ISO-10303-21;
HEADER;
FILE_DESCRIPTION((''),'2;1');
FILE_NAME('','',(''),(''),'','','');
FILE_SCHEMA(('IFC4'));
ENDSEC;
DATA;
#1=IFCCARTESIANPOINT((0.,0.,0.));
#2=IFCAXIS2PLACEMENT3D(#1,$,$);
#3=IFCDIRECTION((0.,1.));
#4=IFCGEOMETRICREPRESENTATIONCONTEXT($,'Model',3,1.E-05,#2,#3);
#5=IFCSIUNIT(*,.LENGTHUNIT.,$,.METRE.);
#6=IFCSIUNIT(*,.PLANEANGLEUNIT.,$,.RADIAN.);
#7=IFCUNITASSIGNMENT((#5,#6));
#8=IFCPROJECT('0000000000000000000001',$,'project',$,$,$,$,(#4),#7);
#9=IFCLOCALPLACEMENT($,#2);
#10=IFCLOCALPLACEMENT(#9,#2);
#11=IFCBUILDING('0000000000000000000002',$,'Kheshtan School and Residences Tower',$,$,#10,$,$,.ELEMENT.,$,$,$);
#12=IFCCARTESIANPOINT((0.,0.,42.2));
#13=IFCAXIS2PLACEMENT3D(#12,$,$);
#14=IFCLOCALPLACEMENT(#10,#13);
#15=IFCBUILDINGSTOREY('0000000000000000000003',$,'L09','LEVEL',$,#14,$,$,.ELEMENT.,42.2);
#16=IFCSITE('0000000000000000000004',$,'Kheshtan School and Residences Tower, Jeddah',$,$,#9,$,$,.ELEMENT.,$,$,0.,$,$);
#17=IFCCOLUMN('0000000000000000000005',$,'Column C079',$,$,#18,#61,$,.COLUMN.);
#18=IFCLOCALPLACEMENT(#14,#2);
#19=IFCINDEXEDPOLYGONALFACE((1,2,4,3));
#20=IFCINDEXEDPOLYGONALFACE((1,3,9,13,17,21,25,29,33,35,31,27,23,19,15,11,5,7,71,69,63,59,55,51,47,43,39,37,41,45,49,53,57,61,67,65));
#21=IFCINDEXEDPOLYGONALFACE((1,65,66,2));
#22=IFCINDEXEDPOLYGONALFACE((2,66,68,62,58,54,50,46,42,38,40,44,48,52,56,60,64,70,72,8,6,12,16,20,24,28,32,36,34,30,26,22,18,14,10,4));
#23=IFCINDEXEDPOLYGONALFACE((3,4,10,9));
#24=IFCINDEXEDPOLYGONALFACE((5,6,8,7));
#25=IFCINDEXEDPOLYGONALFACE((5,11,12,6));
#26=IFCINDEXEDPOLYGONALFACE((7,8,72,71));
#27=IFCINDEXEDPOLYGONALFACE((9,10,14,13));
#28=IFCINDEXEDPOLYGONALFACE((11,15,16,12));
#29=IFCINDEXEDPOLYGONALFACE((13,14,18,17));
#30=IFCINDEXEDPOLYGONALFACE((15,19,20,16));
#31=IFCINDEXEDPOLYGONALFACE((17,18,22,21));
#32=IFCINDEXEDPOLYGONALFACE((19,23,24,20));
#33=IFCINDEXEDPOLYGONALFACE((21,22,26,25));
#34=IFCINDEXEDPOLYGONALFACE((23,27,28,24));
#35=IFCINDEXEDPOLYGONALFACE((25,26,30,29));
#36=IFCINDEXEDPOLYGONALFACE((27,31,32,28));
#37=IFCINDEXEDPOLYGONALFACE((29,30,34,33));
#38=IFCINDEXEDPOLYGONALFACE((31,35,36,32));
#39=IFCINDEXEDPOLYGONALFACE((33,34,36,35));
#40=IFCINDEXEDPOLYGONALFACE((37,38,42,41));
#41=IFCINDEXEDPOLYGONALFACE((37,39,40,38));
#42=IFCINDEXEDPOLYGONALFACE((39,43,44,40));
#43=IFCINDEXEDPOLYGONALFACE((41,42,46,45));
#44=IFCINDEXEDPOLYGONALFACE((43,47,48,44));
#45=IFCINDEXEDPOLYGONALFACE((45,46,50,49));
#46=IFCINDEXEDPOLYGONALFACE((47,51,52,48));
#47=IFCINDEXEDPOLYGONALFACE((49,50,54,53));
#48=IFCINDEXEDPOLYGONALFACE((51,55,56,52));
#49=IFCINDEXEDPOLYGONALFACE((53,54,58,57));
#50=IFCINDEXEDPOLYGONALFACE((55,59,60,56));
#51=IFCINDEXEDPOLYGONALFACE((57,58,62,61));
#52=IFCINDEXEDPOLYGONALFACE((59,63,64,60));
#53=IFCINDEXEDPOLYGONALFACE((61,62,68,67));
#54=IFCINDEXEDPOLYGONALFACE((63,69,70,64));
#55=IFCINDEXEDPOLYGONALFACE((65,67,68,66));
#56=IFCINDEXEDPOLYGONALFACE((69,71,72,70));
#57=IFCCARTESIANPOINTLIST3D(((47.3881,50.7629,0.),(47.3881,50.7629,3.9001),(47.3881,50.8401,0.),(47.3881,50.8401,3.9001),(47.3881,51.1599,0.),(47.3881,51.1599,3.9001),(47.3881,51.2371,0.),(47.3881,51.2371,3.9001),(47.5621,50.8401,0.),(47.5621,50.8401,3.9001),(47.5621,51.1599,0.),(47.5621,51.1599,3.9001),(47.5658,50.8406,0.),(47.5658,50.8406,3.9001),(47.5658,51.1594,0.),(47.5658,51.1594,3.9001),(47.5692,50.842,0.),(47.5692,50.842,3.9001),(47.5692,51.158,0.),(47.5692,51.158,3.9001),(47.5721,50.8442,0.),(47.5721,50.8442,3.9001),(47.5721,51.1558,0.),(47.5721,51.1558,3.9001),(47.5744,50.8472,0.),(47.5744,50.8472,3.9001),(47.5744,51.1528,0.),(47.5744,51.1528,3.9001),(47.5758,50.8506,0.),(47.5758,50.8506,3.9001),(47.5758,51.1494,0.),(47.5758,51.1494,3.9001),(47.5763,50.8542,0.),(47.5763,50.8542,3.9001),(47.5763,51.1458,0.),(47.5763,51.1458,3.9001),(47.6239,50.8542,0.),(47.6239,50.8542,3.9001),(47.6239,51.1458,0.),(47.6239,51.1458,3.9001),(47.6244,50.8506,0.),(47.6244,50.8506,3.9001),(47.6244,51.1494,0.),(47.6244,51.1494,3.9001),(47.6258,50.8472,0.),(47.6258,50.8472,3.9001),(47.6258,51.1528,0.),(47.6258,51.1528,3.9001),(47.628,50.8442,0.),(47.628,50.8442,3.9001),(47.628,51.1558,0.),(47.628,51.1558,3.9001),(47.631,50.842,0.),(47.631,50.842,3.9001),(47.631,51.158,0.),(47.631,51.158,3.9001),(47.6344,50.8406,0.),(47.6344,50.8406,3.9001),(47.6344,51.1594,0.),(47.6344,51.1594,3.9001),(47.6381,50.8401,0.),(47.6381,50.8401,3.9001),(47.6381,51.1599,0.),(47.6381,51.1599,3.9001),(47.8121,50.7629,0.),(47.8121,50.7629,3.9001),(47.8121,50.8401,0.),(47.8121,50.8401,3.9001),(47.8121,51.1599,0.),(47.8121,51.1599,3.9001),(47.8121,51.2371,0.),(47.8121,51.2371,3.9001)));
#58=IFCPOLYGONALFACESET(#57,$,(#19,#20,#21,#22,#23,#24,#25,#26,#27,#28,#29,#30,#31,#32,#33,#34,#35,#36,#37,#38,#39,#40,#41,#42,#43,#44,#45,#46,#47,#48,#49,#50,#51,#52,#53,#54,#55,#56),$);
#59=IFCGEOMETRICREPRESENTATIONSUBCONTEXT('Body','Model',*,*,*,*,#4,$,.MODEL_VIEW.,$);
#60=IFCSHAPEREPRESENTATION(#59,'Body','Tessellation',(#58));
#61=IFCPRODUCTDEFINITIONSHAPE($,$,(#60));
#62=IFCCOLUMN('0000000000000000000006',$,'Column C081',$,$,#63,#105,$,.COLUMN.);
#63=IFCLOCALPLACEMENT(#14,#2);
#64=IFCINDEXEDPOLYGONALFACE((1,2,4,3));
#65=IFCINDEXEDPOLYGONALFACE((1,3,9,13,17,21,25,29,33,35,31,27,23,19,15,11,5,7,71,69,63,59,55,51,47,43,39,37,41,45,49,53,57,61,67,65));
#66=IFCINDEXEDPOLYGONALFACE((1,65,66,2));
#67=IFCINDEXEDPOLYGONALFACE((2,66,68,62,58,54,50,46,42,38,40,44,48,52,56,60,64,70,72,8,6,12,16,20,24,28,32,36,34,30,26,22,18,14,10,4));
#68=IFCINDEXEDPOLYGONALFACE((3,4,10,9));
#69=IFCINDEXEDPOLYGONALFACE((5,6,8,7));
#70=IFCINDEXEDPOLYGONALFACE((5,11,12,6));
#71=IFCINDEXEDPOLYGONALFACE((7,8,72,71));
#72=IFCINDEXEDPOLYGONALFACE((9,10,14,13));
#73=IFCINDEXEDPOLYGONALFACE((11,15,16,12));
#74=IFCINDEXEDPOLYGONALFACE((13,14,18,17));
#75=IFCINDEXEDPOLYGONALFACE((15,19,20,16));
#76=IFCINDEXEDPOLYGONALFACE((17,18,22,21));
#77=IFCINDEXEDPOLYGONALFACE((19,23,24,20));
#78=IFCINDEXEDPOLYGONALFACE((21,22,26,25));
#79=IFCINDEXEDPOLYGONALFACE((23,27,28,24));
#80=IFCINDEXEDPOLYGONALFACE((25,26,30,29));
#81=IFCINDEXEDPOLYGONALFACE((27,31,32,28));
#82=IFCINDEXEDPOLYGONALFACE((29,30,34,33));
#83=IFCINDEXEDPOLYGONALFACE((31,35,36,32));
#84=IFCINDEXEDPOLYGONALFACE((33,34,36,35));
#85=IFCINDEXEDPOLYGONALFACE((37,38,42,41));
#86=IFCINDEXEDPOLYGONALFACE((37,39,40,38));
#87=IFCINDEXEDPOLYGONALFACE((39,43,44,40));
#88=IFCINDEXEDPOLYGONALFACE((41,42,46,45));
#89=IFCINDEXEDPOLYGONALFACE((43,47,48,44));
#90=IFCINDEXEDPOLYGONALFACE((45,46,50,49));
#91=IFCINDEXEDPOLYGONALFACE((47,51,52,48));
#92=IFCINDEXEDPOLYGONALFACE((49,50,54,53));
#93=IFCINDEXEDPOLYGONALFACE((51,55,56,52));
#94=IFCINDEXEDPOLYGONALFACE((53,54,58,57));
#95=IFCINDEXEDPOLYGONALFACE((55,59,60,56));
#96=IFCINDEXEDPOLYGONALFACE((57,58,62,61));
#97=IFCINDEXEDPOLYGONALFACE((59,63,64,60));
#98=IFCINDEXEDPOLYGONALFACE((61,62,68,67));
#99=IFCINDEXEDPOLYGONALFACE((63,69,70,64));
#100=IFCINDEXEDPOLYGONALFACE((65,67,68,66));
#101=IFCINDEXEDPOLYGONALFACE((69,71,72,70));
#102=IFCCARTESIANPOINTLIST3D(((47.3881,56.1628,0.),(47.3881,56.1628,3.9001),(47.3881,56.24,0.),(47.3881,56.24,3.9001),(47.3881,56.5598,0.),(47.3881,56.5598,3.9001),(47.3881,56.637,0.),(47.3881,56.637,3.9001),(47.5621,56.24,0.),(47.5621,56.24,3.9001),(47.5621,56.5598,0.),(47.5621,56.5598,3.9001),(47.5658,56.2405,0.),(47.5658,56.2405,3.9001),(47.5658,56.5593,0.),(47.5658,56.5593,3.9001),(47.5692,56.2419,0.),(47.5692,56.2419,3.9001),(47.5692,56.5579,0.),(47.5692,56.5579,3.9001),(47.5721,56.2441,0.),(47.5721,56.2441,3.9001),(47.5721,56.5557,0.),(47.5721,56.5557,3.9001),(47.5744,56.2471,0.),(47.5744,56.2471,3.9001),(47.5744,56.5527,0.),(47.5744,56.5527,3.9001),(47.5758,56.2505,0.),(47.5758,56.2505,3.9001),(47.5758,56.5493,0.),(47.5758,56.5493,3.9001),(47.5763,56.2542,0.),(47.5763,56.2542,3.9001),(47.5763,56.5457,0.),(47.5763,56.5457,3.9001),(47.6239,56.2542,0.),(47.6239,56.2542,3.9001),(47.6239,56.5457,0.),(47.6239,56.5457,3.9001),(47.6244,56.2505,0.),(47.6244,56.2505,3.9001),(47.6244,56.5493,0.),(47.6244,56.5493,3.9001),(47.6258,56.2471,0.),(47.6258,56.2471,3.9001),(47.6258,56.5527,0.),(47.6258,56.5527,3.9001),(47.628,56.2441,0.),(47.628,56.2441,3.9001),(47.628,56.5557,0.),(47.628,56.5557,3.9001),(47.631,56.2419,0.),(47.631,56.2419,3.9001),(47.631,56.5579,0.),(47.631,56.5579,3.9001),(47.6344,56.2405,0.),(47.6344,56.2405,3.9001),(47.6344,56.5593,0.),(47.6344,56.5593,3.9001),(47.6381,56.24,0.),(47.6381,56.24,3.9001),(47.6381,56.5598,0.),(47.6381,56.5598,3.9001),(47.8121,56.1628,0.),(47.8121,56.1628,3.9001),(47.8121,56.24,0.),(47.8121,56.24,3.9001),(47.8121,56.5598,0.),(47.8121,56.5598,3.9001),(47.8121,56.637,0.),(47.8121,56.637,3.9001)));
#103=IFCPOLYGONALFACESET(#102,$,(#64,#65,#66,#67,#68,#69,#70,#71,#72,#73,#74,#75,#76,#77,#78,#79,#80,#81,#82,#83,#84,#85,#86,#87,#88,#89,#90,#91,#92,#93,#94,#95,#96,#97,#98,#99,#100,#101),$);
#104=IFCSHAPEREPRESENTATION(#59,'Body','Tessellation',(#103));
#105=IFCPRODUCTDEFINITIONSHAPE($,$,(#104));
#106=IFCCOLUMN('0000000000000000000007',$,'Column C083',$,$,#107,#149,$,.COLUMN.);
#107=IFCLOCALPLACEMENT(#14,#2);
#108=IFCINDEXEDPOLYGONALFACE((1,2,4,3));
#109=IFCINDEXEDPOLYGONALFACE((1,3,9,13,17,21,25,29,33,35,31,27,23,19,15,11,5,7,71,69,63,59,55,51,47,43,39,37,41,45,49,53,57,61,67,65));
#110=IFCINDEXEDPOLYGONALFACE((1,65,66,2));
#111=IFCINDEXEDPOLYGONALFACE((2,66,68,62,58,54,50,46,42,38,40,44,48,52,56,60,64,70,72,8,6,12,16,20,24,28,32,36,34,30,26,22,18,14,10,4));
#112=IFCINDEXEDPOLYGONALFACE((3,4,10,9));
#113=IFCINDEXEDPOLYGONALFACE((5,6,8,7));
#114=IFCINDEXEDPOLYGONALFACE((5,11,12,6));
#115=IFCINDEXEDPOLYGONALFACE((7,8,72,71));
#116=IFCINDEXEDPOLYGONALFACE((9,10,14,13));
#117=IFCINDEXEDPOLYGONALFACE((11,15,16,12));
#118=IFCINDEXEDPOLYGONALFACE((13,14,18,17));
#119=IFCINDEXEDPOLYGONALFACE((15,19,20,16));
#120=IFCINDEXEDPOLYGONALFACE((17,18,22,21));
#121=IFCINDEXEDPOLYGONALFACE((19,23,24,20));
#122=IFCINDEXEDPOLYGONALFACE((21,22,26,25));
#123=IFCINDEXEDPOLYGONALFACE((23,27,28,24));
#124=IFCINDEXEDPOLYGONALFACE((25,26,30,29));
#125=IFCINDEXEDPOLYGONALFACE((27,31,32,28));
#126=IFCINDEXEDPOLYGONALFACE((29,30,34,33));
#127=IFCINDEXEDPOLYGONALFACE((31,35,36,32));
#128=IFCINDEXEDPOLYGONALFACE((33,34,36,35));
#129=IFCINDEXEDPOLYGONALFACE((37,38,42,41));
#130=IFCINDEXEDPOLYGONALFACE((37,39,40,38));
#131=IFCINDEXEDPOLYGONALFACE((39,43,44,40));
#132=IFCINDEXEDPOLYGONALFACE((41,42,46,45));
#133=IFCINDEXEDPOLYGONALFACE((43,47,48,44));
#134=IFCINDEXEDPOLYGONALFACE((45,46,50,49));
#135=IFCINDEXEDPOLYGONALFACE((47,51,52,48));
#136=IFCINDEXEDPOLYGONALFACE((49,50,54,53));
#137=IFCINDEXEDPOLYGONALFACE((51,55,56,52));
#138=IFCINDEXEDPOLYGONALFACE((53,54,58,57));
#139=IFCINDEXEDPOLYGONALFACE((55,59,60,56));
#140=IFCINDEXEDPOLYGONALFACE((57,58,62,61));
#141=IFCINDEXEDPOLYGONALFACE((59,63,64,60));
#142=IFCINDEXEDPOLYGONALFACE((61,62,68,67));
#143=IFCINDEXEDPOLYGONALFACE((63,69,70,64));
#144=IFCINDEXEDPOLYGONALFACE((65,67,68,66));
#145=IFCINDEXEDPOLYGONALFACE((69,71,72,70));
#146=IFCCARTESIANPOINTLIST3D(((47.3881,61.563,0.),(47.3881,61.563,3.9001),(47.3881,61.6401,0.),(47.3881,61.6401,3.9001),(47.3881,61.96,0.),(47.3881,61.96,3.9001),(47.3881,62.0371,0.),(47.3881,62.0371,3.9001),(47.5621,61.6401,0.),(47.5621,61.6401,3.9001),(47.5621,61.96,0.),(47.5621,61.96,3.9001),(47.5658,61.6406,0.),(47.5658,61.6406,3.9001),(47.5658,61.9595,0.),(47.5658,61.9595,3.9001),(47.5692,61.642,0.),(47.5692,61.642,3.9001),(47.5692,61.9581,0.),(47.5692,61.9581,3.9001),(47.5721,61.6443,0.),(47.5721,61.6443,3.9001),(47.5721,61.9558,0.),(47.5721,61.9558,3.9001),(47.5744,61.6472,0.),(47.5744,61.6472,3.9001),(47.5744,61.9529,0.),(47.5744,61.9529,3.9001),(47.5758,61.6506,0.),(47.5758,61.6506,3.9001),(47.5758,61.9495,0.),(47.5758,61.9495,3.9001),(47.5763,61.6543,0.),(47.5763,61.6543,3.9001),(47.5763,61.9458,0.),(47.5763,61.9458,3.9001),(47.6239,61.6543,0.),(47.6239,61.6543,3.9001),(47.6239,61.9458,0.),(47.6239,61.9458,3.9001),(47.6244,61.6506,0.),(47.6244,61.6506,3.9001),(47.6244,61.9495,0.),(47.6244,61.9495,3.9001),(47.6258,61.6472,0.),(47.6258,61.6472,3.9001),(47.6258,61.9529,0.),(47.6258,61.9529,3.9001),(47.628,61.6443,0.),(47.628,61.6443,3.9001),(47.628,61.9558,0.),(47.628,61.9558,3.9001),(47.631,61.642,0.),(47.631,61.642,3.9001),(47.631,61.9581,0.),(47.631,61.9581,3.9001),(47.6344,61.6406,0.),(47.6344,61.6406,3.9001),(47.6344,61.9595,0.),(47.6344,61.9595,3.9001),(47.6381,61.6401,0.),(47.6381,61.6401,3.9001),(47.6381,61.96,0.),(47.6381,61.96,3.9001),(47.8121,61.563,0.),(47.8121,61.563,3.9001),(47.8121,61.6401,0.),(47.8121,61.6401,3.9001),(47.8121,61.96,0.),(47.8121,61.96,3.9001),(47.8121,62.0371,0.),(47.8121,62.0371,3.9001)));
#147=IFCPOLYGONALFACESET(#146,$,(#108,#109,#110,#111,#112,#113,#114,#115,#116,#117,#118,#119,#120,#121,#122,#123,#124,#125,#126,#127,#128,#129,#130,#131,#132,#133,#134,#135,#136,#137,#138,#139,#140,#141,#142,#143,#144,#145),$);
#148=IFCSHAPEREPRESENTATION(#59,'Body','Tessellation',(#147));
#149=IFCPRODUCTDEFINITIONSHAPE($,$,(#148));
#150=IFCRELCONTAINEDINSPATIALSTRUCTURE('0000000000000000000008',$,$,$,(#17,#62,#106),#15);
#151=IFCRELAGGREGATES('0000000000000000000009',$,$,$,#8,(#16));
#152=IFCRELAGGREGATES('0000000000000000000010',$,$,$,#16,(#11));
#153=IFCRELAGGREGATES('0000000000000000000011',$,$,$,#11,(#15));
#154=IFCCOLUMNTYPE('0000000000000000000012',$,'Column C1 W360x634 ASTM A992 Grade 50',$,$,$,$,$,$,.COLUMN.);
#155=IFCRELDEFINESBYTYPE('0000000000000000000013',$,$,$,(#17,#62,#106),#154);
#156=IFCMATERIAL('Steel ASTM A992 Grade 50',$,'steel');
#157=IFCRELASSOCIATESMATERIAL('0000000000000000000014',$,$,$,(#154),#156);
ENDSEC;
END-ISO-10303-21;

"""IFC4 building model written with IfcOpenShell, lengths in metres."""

from ifc_helpers import new_model, si_unit, direction, frame, origin, origin_2d, place, context, subcontext, project, spatial, i_section, extrude, material, material_profile, profile_set, type_object, element, save


model = new_model("IFC4")

# Units and contexts
model_context = context("Model", 3, precision=1e-05, world=origin(), true_north=direction((0.0, 1.0)))
body_context = subcontext(model_context, "Body", "Model", "MODEL_VIEW")
ifc_project = project(units=[si_unit("LENGTHUNIT", "METRE"), si_unit("PLANEANGLEUNIT", "RADIAN")], contexts=[model_context])

# Site, building, storey
site_placement = place(None, origin())
site = spatial("IfcSite", under=ifc_project, at=site_placement, Name="Kheshtan School and Residences Tower, Jeddah", CompositionType="ELEMENT", RefElevation=0.0)
building_placement = place(site_placement, origin())
building = spatial("IfcBuilding", under=site, at=building_placement, Name="Kheshtan School and Residences Tower", CompositionType="ELEMENT")
storey_placement = place(building_placement, frame((0.0, 0.0, 42.2)))
storey = spatial("IfcBuildingStorey", under=building, at=storey_placement, Name="L09", Description="LEVEL", CompositionType="ELEMENT", Elevation=42.2)

# Columns
ifc_material_1 = material(Name="Steel ASTM A992 Grade 50", Category="steel")
ifc_material_profile_1 = material_profile(ifc_material_1, i_section(OverallWidth=0.4241, OverallDepth=0.4741, WebThickness=0.0476, FlangeThickness=0.0771, FilletRadius=0.0142, at=origin_2d()), Name="W360x634")
ifc_profile_set_1 = profile_set([ifc_material_profile_1], Name="Steel ASTM A992 Grade 50")
column_type_1 = type_object("IfcColumnType", Name="Column C1 W360x634 ASTM A992 Grade 50", PredefinedType="COLUMN", material=ifc_profile_set_1)
for number, where, z_axis, x_axis, name in (
    (1, (47.6001, 51.0, 0.0), (0.0, 0.0, 1.0), (1.0, 0.0, 0.0), "Column C079"),
    (2, (47.6001, 56.3999, 0.0), (0.0, 0.0, 1.0), (1.0, 0.0, 0.0), "Column C081"),
    (3, (47.6001, 61.8, 0.0), (0.0, 0.0, 1.0), (1.0, 0.0, 0.0), "Column C083"),
):
    element("IfcColumn", number, at=place(storey_placement, frame(where, z_axis=z_axis, x_axis=x_axis)), inside=storey, type_object=column_type_1, Name=name, PredefinedType="COLUMN", context=body_context, shape_type="SweptSolid", body=[
        extrude(i_section(OverallWidth=0.4241, OverallDepth=0.4741, WebThickness=0.0476, FlangeThickness=0.0771, FilletRadius=0.0142, at=origin_2d()), origin(), (0.0, 0.0, 1.0), 3.9001),
    ])

save(model, "model.ifc")
